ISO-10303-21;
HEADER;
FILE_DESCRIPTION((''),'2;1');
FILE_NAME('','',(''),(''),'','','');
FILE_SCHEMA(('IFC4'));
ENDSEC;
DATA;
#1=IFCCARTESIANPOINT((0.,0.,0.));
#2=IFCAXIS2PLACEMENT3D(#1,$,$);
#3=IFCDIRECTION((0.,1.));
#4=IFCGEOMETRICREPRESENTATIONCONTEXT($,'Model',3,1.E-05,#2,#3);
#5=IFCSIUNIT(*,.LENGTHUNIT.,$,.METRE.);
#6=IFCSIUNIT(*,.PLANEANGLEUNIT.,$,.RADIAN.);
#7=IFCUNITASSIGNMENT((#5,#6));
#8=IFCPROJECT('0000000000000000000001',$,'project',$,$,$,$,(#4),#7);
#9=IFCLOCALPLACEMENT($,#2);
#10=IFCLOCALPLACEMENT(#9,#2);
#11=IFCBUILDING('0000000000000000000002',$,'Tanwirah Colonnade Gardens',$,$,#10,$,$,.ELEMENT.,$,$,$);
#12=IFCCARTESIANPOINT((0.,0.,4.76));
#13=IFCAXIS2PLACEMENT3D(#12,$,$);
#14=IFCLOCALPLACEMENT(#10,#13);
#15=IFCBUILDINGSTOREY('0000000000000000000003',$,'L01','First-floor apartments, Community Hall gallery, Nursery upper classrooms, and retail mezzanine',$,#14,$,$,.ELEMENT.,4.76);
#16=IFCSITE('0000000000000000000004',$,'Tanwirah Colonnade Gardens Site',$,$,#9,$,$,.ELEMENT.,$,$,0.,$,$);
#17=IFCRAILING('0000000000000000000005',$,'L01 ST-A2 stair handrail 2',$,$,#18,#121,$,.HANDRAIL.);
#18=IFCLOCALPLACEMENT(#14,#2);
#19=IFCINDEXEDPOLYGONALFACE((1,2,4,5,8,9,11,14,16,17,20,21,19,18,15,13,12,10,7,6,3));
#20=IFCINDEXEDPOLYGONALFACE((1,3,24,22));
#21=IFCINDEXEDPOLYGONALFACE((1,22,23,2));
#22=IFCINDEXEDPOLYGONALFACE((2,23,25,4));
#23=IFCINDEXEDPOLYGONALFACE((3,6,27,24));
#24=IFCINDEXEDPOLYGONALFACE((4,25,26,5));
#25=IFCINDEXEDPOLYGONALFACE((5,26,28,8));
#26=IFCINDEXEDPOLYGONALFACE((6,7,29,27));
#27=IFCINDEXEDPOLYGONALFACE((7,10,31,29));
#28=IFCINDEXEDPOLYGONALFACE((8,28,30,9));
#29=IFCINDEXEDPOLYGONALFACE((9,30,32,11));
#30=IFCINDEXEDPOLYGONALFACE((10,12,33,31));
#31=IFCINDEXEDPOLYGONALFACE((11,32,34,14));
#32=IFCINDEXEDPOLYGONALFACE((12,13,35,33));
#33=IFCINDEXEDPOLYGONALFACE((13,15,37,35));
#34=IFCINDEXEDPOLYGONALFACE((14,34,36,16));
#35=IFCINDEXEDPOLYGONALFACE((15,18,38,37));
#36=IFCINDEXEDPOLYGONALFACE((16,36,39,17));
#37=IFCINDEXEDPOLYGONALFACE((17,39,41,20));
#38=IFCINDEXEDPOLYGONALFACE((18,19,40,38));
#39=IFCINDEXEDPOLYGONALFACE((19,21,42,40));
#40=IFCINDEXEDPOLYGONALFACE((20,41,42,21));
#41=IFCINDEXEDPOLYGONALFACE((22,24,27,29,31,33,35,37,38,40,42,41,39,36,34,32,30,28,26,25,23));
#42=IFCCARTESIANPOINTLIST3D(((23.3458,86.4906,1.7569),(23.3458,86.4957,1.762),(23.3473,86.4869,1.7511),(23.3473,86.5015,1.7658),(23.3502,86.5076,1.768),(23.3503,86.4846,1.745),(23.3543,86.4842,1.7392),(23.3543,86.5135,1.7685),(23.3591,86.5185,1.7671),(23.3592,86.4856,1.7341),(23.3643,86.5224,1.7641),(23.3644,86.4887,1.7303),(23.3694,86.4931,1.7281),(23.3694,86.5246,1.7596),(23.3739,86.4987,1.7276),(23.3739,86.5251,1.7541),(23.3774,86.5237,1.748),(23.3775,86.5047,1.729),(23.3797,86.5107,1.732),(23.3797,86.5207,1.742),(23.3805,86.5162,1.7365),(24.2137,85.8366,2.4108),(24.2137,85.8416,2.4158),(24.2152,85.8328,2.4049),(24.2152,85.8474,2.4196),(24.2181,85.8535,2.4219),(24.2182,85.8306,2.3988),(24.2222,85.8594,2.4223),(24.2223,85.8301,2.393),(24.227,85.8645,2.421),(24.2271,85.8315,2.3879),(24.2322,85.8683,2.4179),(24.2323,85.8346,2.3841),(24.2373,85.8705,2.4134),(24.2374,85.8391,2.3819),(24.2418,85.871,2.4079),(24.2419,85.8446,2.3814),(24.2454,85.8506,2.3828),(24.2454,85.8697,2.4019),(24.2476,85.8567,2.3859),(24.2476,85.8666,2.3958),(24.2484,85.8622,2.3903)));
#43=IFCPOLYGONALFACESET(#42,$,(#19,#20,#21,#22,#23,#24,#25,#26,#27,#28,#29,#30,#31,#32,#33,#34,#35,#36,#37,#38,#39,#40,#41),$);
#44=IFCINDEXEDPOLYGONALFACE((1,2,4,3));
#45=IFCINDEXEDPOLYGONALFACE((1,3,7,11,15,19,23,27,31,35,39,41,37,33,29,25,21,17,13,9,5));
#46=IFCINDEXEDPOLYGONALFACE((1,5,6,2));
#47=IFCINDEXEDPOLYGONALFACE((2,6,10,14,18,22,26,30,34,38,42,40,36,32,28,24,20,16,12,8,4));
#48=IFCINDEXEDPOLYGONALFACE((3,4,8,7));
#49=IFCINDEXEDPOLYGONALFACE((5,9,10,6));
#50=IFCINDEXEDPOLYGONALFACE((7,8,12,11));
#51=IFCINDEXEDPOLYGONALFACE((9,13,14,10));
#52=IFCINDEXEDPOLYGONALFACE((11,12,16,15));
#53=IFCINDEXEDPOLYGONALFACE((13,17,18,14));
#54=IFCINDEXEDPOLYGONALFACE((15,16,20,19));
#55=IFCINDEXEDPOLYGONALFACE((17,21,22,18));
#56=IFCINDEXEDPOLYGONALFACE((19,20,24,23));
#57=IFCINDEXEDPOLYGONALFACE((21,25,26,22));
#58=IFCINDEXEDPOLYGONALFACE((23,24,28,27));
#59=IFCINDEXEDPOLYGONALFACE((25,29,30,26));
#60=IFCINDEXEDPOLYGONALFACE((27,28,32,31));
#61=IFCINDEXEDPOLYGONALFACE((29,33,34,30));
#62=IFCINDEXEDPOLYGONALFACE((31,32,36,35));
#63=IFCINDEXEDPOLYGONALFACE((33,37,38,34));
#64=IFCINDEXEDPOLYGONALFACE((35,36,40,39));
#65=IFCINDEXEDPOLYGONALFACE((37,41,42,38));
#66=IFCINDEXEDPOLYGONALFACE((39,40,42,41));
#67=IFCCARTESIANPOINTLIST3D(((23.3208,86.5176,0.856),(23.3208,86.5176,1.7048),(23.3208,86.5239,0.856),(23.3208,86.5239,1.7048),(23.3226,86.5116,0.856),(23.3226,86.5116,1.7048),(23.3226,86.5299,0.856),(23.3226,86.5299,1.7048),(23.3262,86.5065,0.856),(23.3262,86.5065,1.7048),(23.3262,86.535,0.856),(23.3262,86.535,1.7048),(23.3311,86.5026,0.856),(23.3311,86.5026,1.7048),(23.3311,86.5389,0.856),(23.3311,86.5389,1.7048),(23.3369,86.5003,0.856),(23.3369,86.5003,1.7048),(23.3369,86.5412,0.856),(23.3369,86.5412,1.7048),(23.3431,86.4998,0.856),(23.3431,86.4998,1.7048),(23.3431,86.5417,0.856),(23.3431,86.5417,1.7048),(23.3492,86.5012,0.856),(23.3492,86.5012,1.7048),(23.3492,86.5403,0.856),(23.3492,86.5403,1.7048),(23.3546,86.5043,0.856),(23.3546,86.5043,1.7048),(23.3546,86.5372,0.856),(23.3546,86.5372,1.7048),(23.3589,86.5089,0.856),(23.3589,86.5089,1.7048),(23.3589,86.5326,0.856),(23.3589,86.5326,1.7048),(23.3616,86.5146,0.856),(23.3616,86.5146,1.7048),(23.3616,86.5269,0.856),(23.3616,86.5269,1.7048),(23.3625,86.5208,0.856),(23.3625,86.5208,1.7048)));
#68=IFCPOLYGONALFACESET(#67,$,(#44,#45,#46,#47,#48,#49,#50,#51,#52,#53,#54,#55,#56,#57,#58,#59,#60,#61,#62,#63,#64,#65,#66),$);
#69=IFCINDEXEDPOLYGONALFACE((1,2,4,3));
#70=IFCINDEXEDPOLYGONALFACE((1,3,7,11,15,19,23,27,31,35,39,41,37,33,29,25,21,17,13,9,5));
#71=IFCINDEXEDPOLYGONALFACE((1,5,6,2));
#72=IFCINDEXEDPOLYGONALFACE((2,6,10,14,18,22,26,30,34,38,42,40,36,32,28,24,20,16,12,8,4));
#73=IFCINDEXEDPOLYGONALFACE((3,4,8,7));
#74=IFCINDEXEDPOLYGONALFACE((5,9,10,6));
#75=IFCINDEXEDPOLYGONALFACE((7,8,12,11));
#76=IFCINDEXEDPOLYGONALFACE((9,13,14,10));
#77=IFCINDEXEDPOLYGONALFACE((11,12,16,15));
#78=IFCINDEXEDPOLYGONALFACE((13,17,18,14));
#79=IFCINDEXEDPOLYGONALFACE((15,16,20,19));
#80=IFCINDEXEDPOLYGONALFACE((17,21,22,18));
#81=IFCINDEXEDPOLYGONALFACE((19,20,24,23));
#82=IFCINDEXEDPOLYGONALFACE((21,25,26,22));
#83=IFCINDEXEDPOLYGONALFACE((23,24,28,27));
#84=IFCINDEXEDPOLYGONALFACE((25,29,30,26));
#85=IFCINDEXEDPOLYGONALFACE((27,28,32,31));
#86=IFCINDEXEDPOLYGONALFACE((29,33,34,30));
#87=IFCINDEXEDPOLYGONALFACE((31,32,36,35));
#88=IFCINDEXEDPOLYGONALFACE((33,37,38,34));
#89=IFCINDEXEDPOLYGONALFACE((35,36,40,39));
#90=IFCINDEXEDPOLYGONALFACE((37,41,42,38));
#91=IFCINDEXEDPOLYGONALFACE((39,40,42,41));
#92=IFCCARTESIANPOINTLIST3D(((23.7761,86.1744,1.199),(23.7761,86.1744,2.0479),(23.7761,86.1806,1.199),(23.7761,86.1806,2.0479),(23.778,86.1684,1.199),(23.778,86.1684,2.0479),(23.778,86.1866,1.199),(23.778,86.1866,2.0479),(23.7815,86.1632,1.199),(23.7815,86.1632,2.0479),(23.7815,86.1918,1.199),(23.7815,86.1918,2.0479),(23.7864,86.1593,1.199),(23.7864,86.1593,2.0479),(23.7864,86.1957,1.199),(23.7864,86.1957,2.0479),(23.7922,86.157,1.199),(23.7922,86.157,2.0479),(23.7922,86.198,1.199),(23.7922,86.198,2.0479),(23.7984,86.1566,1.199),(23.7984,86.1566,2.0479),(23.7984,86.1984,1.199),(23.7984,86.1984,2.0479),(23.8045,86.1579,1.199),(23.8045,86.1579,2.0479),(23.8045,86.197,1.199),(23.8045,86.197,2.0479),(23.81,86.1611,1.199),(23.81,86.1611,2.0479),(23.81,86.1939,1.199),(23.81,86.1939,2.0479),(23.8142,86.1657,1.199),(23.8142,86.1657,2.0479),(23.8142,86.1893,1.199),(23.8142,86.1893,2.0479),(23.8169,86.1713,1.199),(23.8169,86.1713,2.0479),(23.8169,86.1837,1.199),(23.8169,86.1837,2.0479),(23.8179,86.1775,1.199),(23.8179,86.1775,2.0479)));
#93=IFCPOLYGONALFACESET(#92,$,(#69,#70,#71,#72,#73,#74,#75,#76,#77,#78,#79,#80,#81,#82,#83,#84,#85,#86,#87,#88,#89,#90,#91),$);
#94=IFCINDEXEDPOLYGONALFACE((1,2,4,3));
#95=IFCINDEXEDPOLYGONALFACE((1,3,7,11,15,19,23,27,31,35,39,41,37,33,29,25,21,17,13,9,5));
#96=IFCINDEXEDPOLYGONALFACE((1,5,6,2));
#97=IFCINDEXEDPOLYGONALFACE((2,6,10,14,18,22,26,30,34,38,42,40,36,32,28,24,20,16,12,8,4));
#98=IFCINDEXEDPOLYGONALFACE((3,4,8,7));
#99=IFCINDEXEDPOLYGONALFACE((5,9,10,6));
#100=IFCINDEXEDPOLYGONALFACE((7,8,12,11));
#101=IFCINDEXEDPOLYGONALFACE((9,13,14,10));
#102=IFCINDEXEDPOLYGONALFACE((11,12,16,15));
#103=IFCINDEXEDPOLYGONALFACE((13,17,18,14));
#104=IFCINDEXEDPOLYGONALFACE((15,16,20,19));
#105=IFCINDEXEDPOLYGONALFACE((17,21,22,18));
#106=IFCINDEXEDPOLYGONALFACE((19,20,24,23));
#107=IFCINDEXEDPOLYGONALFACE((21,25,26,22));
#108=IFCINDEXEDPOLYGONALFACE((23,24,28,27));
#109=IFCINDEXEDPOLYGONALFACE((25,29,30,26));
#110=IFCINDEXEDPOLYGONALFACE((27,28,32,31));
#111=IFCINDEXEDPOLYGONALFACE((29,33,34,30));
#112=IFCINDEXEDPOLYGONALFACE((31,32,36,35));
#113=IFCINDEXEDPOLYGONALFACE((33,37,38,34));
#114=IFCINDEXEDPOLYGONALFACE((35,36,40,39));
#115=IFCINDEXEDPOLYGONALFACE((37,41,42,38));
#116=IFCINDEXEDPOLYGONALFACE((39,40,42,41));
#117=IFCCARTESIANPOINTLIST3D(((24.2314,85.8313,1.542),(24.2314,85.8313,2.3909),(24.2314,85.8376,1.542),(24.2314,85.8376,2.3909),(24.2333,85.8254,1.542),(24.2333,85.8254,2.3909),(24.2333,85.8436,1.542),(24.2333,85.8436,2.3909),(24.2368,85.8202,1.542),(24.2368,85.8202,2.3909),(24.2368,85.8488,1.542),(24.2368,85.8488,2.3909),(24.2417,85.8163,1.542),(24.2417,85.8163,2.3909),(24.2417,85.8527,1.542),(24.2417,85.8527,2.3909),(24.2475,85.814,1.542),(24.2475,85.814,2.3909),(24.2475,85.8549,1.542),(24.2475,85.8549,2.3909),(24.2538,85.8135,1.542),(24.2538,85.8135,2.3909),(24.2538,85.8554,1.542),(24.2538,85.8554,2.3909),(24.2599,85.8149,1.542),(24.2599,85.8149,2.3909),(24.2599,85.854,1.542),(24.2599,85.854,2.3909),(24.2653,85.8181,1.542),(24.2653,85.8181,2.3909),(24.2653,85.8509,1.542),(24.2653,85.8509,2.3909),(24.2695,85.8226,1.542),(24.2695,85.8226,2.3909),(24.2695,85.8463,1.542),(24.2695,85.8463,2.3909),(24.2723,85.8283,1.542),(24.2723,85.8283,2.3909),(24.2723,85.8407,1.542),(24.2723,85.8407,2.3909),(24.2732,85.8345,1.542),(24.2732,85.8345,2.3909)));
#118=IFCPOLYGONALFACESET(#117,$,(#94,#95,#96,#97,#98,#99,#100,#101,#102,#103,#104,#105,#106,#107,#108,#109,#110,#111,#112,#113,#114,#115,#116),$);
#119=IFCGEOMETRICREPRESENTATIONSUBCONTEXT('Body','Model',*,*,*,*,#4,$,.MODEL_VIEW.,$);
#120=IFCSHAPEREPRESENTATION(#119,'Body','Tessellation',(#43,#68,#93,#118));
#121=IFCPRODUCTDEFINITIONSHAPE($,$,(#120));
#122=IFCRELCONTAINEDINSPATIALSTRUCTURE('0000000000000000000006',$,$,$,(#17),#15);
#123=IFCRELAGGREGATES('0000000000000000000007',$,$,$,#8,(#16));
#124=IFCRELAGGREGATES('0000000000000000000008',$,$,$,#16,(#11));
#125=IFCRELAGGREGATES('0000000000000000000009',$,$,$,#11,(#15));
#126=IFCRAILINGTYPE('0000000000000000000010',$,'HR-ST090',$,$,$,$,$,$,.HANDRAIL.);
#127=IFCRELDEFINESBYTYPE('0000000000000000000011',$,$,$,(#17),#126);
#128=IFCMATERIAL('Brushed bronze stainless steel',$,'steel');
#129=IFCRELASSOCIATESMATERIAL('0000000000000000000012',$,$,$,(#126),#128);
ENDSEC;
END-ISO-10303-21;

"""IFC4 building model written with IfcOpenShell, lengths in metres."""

from ifc_helpers import new_model, si_unit, direction, frame, origin, origin_2d, place, context, subcontext, project, spatial, circle, extrude, material, type_object, element, save


model = new_model("IFC4")

# Units and contexts
model_context = context("Model", 3, precision=1e-05, world=origin(), true_north=direction((0.0, 1.0)))
body_context = subcontext(model_context, "Body", "Model", "MODEL_VIEW")
ifc_project = project(units=[si_unit("LENGTHUNIT", "METRE"), si_unit("PLANEANGLEUNIT", "RADIAN")], contexts=[model_context])

# Site, building, storey
site_placement = place(None, origin())
site = spatial("IfcSite", under=ifc_project, at=site_placement, Name="Tanwirah Colonnade Gardens Site", CompositionType="ELEMENT", RefElevation=0.0)
building_placement = place(site_placement, origin())
building = spatial("IfcBuilding", under=site, at=building_placement, Name="Tanwirah Colonnade Gardens", CompositionType="ELEMENT")
storey_placement = place(building_placement, frame((0.0, 0.0, 4.76)))
storey = spatial("IfcBuildingStorey", under=building, at=storey_placement, Name="L01", Description="First-floor apartments, Community Hall gallery, Nursery upper classrooms, and retail mezzanine", CompositionType="ELEMENT", Elevation=4.76)

# Railing
ifc_material_1 = material(Name="Brushed bronze stainless steel", Category="steel")
railing_type_1 = type_object("IfcRailingType", Name="HR-ST090", PredefinedType="HANDRAIL", material=ifc_material_1)
railing_1_placement = place(storey_placement, frame((23.3416, 86.5208, 0.856)))
element("IfcRailing", 1, at=railing_1_placement, inside=storey, type_object=railing_type_1, Name="L01 ST-A2 stair handrail 2", PredefinedType="HANDRAIL", context=body_context, shape_type="SweptSolid", body=[
    extrude(circle(Radius=0.0239, at=origin_2d()), frame((0.0215, -0.0161, 0.8921), z_axis=(0.684309, -0.515708, 0.515525), x_axis=(0.601848, 0.79861, 0.0)), (0.0, 0.0, 1.0), 1.2683),
    extrude(circle(Radius=0.021, at=origin_2d()), origin(), (0.0, 0.0, 1.0), 0.8489),
    extrude(circle(Radius=0.021, at=origin_2d()), frame((0.4553, -0.3433, 0.343)), (0.0, 0.0, 1.0), 0.8489),
    extrude(circle(Radius=0.021, at=origin_2d()), frame((0.9106, -0.6863, 0.686)), (0.0, 0.0, 1.0), 0.8489),
])

save(model, "model.ifc")
